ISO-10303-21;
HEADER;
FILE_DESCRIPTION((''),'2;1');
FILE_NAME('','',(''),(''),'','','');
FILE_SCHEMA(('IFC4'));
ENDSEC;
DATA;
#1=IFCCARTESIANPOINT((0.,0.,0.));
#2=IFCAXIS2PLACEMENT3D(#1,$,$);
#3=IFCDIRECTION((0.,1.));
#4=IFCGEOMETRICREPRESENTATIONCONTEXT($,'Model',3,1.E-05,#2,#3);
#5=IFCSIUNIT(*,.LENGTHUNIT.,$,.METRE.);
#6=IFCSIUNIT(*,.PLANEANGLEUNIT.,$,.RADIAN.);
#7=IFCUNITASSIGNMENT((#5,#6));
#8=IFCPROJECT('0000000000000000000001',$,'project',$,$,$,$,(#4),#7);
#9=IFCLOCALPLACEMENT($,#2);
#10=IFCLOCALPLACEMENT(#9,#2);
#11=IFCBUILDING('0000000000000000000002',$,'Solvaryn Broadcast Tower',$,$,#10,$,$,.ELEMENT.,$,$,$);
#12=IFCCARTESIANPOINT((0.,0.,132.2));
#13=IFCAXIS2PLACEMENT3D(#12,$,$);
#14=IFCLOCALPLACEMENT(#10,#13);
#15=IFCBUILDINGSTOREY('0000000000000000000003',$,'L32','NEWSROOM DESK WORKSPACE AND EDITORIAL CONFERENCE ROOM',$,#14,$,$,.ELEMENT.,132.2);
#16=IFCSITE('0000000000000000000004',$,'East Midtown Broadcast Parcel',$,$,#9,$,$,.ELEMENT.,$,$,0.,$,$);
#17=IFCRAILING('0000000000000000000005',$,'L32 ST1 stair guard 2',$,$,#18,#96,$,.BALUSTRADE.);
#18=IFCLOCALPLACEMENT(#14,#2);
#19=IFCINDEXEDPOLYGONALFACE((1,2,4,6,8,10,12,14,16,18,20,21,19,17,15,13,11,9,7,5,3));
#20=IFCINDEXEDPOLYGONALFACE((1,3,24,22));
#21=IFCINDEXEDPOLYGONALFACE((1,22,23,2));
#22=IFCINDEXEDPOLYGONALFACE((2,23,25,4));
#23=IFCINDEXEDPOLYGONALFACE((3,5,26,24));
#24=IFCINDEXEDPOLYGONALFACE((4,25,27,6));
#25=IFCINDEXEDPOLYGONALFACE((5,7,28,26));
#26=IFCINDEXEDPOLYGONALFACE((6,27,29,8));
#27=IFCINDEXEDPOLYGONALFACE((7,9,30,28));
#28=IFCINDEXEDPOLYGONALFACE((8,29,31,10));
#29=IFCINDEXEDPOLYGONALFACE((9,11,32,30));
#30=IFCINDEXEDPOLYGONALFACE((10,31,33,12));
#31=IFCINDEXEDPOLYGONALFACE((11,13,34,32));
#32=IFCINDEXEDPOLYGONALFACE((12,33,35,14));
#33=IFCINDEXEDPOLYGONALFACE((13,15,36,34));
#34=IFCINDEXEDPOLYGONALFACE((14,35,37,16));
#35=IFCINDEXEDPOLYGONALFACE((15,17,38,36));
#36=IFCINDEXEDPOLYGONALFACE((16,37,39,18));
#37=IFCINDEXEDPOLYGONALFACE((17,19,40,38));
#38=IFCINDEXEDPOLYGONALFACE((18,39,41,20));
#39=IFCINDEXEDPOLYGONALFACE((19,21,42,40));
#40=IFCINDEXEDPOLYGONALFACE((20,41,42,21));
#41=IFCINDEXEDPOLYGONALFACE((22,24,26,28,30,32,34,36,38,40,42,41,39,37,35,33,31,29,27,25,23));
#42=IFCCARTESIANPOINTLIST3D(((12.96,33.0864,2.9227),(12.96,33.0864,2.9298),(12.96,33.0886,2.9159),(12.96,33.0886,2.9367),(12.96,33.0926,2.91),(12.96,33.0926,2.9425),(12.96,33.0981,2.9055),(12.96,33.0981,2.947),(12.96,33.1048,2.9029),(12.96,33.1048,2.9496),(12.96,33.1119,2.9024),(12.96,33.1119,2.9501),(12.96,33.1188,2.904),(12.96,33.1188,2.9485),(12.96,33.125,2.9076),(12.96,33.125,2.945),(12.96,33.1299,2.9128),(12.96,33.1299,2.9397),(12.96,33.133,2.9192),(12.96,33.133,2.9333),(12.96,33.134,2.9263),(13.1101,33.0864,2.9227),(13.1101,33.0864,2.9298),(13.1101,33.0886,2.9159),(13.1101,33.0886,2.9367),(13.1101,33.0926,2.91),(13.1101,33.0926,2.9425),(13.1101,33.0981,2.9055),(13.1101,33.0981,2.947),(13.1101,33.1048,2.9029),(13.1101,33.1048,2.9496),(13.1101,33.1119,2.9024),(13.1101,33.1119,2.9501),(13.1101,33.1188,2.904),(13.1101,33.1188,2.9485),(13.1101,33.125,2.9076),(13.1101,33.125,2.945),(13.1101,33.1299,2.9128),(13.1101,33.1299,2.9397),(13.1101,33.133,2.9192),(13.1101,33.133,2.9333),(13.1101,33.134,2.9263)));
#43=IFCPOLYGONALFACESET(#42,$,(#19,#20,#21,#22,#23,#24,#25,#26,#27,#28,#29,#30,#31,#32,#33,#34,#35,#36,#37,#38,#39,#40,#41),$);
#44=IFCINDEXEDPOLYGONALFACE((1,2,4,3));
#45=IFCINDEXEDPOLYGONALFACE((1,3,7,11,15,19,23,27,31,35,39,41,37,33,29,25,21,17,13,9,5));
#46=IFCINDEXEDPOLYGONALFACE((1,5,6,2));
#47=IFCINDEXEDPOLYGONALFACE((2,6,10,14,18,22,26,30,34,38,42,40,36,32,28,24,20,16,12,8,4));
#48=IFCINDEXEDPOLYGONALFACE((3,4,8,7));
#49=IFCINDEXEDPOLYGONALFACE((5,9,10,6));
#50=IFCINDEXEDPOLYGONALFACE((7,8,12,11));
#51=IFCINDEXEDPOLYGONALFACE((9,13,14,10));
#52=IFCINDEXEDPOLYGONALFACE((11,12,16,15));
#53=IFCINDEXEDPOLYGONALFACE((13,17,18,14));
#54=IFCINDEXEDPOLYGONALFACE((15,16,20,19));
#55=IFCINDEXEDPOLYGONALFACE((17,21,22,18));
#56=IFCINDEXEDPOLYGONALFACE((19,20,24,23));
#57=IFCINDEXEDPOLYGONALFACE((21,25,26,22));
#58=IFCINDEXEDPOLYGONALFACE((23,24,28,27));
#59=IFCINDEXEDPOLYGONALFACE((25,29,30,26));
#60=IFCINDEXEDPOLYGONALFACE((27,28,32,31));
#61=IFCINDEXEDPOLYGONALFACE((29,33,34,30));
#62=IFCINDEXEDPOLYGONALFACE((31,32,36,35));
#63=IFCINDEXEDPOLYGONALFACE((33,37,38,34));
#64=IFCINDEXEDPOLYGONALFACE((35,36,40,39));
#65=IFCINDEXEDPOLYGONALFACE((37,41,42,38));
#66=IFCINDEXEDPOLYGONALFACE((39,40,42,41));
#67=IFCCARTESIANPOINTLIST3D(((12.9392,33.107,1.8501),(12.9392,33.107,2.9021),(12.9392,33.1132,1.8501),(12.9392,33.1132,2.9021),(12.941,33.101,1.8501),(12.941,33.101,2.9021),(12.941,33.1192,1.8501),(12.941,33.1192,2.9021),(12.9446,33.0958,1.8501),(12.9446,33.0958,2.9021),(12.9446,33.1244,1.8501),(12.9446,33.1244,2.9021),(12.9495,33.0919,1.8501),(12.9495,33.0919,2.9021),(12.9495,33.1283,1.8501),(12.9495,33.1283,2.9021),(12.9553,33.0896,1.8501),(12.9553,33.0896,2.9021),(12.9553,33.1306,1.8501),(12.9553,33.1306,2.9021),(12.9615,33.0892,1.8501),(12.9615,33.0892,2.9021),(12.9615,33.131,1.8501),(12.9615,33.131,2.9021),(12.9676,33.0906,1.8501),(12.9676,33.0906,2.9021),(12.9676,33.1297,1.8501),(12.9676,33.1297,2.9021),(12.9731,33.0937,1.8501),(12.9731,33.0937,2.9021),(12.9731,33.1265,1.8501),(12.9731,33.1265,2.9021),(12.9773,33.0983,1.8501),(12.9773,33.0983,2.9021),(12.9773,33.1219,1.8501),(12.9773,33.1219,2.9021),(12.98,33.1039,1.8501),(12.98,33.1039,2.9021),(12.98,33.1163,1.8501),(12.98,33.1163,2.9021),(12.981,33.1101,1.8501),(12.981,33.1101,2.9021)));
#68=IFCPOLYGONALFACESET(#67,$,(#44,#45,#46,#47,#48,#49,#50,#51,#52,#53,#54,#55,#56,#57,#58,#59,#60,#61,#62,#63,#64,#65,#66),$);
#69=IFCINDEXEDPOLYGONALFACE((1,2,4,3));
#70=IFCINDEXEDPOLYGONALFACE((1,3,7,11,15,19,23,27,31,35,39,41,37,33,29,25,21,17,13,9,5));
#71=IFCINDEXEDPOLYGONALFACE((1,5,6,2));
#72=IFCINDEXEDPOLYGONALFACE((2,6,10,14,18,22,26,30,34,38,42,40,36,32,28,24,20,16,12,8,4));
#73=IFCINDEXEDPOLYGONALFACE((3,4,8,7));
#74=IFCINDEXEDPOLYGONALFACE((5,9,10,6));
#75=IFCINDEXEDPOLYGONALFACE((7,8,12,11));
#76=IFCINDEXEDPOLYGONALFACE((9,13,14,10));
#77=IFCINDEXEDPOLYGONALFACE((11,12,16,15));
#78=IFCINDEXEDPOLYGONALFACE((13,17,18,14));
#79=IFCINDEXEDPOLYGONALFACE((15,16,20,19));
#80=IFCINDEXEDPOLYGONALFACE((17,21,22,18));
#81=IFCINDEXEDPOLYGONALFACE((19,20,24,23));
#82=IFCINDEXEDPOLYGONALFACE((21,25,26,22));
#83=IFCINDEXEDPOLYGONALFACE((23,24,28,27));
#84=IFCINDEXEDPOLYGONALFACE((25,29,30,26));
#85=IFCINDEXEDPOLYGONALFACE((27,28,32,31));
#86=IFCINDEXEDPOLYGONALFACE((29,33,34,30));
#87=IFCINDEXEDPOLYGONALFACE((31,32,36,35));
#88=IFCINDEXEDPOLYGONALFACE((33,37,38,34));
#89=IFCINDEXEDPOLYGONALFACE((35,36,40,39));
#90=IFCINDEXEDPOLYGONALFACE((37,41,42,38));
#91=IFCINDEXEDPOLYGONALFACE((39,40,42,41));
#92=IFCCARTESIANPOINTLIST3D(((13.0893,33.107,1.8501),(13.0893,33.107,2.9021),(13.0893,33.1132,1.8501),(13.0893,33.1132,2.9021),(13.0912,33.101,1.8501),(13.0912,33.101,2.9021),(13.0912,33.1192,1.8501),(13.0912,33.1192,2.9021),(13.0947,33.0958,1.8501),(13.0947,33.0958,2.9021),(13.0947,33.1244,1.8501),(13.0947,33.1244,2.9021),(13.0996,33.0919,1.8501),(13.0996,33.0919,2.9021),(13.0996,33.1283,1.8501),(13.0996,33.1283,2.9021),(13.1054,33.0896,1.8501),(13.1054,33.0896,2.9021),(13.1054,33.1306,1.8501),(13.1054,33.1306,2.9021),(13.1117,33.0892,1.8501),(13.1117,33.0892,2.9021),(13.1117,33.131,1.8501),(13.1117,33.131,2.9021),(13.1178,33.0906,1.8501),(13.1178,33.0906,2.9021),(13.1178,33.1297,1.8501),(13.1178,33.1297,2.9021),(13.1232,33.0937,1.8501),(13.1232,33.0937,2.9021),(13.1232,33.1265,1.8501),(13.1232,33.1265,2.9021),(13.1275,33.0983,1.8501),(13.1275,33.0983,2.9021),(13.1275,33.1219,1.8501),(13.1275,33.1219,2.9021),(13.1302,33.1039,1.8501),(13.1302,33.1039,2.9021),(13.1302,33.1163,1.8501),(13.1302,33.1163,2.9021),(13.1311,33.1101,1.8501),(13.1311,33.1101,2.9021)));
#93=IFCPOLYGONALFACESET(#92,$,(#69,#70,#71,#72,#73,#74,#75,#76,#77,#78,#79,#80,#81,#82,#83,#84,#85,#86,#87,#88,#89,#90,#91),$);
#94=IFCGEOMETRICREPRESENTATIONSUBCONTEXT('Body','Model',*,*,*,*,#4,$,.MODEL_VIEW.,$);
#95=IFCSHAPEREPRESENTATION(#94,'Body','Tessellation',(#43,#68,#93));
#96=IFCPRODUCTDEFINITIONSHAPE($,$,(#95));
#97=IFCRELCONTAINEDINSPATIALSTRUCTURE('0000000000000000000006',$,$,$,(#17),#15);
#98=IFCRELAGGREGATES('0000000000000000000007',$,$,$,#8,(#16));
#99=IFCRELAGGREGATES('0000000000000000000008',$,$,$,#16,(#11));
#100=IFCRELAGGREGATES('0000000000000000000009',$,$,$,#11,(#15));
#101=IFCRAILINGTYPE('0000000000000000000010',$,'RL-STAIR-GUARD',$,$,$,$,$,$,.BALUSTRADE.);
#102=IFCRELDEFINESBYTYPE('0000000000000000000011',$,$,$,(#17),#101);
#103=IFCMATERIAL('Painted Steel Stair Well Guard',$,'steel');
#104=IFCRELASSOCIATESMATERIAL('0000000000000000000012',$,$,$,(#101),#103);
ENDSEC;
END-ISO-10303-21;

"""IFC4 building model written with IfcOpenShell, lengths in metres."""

from ifc_helpers import new_model, si_unit, direction, frame, origin, origin_2d, place, context, subcontext, project, spatial, circle, extrude, material, type_object, element, save


model = new_model("IFC4")

# Units and contexts
model_context = context("Model", 3, precision=1e-05, world=origin(), true_north=direction((0.0, 1.0)))
body_context = subcontext(model_context, "Body", "Model", "MODEL_VIEW")
ifc_project = project(units=[si_unit("LENGTHUNIT", "METRE"), si_unit("PLANEANGLEUNIT", "RADIAN")], contexts=[model_context])

# Site, building, storey
site_placement = place(None, origin())
site = spatial("IfcSite", under=ifc_project, at=site_placement, Name="East Midtown Broadcast Parcel", CompositionType="ELEMENT", RefElevation=0.0)
building_placement = place(site_placement, origin())
building = spatial("IfcBuilding", under=site, at=building_placement, Name="Solvaryn Broadcast Tower", CompositionType="ELEMENT")
storey_placement = place(building_placement, frame((0.0, 0.0, 132.2)))
storey = spatial("IfcBuildingStorey", under=building, at=storey_placement, Name="L32", Description="NEWSROOM DESK WORKSPACE AND EDITORIAL CONFERENCE ROOM", CompositionType="ELEMENT", Elevation=132.2)

# Railing
ifc_material_1 = material(Name="Painted Steel Stair Well Guard", Category="steel")
railing_type_1 = type_object("IfcRailingType", Name="RL-STAIR-GUARD", PredefinedType="BALUSTRADE", material=ifc_material_1)
railing_1_placement = place(storey_placement, frame((12.96, 33.1101, 1.8501)))
element("IfcRailing", 1, at=railing_1_placement, inside=storey, type_object=railing_type_1, Name="L32 ST1 stair guard 2", PredefinedType="BALUSTRADE", context=body_context, shape_type="SweptSolid", body=[
    extrude(circle(Radius=0.0239, at=origin_2d()), frame((0.0, 0.0, 1.0762), z_axis=(1.0, 0.0, 0.0), x_axis=(0.0, 1.0, 0.0)), (0.0, 0.0, 1.0), 0.1501),
    extrude(circle(Radius=0.021, at=origin_2d()), origin(), (0.0, 0.0, 1.0), 1.052),
    extrude(circle(Radius=0.021, at=origin_2d()), frame((0.1501, 0.0, 0.0)), (0.0, 0.0, 1.0), 1.052),
])

save(model, "model.ifc")
